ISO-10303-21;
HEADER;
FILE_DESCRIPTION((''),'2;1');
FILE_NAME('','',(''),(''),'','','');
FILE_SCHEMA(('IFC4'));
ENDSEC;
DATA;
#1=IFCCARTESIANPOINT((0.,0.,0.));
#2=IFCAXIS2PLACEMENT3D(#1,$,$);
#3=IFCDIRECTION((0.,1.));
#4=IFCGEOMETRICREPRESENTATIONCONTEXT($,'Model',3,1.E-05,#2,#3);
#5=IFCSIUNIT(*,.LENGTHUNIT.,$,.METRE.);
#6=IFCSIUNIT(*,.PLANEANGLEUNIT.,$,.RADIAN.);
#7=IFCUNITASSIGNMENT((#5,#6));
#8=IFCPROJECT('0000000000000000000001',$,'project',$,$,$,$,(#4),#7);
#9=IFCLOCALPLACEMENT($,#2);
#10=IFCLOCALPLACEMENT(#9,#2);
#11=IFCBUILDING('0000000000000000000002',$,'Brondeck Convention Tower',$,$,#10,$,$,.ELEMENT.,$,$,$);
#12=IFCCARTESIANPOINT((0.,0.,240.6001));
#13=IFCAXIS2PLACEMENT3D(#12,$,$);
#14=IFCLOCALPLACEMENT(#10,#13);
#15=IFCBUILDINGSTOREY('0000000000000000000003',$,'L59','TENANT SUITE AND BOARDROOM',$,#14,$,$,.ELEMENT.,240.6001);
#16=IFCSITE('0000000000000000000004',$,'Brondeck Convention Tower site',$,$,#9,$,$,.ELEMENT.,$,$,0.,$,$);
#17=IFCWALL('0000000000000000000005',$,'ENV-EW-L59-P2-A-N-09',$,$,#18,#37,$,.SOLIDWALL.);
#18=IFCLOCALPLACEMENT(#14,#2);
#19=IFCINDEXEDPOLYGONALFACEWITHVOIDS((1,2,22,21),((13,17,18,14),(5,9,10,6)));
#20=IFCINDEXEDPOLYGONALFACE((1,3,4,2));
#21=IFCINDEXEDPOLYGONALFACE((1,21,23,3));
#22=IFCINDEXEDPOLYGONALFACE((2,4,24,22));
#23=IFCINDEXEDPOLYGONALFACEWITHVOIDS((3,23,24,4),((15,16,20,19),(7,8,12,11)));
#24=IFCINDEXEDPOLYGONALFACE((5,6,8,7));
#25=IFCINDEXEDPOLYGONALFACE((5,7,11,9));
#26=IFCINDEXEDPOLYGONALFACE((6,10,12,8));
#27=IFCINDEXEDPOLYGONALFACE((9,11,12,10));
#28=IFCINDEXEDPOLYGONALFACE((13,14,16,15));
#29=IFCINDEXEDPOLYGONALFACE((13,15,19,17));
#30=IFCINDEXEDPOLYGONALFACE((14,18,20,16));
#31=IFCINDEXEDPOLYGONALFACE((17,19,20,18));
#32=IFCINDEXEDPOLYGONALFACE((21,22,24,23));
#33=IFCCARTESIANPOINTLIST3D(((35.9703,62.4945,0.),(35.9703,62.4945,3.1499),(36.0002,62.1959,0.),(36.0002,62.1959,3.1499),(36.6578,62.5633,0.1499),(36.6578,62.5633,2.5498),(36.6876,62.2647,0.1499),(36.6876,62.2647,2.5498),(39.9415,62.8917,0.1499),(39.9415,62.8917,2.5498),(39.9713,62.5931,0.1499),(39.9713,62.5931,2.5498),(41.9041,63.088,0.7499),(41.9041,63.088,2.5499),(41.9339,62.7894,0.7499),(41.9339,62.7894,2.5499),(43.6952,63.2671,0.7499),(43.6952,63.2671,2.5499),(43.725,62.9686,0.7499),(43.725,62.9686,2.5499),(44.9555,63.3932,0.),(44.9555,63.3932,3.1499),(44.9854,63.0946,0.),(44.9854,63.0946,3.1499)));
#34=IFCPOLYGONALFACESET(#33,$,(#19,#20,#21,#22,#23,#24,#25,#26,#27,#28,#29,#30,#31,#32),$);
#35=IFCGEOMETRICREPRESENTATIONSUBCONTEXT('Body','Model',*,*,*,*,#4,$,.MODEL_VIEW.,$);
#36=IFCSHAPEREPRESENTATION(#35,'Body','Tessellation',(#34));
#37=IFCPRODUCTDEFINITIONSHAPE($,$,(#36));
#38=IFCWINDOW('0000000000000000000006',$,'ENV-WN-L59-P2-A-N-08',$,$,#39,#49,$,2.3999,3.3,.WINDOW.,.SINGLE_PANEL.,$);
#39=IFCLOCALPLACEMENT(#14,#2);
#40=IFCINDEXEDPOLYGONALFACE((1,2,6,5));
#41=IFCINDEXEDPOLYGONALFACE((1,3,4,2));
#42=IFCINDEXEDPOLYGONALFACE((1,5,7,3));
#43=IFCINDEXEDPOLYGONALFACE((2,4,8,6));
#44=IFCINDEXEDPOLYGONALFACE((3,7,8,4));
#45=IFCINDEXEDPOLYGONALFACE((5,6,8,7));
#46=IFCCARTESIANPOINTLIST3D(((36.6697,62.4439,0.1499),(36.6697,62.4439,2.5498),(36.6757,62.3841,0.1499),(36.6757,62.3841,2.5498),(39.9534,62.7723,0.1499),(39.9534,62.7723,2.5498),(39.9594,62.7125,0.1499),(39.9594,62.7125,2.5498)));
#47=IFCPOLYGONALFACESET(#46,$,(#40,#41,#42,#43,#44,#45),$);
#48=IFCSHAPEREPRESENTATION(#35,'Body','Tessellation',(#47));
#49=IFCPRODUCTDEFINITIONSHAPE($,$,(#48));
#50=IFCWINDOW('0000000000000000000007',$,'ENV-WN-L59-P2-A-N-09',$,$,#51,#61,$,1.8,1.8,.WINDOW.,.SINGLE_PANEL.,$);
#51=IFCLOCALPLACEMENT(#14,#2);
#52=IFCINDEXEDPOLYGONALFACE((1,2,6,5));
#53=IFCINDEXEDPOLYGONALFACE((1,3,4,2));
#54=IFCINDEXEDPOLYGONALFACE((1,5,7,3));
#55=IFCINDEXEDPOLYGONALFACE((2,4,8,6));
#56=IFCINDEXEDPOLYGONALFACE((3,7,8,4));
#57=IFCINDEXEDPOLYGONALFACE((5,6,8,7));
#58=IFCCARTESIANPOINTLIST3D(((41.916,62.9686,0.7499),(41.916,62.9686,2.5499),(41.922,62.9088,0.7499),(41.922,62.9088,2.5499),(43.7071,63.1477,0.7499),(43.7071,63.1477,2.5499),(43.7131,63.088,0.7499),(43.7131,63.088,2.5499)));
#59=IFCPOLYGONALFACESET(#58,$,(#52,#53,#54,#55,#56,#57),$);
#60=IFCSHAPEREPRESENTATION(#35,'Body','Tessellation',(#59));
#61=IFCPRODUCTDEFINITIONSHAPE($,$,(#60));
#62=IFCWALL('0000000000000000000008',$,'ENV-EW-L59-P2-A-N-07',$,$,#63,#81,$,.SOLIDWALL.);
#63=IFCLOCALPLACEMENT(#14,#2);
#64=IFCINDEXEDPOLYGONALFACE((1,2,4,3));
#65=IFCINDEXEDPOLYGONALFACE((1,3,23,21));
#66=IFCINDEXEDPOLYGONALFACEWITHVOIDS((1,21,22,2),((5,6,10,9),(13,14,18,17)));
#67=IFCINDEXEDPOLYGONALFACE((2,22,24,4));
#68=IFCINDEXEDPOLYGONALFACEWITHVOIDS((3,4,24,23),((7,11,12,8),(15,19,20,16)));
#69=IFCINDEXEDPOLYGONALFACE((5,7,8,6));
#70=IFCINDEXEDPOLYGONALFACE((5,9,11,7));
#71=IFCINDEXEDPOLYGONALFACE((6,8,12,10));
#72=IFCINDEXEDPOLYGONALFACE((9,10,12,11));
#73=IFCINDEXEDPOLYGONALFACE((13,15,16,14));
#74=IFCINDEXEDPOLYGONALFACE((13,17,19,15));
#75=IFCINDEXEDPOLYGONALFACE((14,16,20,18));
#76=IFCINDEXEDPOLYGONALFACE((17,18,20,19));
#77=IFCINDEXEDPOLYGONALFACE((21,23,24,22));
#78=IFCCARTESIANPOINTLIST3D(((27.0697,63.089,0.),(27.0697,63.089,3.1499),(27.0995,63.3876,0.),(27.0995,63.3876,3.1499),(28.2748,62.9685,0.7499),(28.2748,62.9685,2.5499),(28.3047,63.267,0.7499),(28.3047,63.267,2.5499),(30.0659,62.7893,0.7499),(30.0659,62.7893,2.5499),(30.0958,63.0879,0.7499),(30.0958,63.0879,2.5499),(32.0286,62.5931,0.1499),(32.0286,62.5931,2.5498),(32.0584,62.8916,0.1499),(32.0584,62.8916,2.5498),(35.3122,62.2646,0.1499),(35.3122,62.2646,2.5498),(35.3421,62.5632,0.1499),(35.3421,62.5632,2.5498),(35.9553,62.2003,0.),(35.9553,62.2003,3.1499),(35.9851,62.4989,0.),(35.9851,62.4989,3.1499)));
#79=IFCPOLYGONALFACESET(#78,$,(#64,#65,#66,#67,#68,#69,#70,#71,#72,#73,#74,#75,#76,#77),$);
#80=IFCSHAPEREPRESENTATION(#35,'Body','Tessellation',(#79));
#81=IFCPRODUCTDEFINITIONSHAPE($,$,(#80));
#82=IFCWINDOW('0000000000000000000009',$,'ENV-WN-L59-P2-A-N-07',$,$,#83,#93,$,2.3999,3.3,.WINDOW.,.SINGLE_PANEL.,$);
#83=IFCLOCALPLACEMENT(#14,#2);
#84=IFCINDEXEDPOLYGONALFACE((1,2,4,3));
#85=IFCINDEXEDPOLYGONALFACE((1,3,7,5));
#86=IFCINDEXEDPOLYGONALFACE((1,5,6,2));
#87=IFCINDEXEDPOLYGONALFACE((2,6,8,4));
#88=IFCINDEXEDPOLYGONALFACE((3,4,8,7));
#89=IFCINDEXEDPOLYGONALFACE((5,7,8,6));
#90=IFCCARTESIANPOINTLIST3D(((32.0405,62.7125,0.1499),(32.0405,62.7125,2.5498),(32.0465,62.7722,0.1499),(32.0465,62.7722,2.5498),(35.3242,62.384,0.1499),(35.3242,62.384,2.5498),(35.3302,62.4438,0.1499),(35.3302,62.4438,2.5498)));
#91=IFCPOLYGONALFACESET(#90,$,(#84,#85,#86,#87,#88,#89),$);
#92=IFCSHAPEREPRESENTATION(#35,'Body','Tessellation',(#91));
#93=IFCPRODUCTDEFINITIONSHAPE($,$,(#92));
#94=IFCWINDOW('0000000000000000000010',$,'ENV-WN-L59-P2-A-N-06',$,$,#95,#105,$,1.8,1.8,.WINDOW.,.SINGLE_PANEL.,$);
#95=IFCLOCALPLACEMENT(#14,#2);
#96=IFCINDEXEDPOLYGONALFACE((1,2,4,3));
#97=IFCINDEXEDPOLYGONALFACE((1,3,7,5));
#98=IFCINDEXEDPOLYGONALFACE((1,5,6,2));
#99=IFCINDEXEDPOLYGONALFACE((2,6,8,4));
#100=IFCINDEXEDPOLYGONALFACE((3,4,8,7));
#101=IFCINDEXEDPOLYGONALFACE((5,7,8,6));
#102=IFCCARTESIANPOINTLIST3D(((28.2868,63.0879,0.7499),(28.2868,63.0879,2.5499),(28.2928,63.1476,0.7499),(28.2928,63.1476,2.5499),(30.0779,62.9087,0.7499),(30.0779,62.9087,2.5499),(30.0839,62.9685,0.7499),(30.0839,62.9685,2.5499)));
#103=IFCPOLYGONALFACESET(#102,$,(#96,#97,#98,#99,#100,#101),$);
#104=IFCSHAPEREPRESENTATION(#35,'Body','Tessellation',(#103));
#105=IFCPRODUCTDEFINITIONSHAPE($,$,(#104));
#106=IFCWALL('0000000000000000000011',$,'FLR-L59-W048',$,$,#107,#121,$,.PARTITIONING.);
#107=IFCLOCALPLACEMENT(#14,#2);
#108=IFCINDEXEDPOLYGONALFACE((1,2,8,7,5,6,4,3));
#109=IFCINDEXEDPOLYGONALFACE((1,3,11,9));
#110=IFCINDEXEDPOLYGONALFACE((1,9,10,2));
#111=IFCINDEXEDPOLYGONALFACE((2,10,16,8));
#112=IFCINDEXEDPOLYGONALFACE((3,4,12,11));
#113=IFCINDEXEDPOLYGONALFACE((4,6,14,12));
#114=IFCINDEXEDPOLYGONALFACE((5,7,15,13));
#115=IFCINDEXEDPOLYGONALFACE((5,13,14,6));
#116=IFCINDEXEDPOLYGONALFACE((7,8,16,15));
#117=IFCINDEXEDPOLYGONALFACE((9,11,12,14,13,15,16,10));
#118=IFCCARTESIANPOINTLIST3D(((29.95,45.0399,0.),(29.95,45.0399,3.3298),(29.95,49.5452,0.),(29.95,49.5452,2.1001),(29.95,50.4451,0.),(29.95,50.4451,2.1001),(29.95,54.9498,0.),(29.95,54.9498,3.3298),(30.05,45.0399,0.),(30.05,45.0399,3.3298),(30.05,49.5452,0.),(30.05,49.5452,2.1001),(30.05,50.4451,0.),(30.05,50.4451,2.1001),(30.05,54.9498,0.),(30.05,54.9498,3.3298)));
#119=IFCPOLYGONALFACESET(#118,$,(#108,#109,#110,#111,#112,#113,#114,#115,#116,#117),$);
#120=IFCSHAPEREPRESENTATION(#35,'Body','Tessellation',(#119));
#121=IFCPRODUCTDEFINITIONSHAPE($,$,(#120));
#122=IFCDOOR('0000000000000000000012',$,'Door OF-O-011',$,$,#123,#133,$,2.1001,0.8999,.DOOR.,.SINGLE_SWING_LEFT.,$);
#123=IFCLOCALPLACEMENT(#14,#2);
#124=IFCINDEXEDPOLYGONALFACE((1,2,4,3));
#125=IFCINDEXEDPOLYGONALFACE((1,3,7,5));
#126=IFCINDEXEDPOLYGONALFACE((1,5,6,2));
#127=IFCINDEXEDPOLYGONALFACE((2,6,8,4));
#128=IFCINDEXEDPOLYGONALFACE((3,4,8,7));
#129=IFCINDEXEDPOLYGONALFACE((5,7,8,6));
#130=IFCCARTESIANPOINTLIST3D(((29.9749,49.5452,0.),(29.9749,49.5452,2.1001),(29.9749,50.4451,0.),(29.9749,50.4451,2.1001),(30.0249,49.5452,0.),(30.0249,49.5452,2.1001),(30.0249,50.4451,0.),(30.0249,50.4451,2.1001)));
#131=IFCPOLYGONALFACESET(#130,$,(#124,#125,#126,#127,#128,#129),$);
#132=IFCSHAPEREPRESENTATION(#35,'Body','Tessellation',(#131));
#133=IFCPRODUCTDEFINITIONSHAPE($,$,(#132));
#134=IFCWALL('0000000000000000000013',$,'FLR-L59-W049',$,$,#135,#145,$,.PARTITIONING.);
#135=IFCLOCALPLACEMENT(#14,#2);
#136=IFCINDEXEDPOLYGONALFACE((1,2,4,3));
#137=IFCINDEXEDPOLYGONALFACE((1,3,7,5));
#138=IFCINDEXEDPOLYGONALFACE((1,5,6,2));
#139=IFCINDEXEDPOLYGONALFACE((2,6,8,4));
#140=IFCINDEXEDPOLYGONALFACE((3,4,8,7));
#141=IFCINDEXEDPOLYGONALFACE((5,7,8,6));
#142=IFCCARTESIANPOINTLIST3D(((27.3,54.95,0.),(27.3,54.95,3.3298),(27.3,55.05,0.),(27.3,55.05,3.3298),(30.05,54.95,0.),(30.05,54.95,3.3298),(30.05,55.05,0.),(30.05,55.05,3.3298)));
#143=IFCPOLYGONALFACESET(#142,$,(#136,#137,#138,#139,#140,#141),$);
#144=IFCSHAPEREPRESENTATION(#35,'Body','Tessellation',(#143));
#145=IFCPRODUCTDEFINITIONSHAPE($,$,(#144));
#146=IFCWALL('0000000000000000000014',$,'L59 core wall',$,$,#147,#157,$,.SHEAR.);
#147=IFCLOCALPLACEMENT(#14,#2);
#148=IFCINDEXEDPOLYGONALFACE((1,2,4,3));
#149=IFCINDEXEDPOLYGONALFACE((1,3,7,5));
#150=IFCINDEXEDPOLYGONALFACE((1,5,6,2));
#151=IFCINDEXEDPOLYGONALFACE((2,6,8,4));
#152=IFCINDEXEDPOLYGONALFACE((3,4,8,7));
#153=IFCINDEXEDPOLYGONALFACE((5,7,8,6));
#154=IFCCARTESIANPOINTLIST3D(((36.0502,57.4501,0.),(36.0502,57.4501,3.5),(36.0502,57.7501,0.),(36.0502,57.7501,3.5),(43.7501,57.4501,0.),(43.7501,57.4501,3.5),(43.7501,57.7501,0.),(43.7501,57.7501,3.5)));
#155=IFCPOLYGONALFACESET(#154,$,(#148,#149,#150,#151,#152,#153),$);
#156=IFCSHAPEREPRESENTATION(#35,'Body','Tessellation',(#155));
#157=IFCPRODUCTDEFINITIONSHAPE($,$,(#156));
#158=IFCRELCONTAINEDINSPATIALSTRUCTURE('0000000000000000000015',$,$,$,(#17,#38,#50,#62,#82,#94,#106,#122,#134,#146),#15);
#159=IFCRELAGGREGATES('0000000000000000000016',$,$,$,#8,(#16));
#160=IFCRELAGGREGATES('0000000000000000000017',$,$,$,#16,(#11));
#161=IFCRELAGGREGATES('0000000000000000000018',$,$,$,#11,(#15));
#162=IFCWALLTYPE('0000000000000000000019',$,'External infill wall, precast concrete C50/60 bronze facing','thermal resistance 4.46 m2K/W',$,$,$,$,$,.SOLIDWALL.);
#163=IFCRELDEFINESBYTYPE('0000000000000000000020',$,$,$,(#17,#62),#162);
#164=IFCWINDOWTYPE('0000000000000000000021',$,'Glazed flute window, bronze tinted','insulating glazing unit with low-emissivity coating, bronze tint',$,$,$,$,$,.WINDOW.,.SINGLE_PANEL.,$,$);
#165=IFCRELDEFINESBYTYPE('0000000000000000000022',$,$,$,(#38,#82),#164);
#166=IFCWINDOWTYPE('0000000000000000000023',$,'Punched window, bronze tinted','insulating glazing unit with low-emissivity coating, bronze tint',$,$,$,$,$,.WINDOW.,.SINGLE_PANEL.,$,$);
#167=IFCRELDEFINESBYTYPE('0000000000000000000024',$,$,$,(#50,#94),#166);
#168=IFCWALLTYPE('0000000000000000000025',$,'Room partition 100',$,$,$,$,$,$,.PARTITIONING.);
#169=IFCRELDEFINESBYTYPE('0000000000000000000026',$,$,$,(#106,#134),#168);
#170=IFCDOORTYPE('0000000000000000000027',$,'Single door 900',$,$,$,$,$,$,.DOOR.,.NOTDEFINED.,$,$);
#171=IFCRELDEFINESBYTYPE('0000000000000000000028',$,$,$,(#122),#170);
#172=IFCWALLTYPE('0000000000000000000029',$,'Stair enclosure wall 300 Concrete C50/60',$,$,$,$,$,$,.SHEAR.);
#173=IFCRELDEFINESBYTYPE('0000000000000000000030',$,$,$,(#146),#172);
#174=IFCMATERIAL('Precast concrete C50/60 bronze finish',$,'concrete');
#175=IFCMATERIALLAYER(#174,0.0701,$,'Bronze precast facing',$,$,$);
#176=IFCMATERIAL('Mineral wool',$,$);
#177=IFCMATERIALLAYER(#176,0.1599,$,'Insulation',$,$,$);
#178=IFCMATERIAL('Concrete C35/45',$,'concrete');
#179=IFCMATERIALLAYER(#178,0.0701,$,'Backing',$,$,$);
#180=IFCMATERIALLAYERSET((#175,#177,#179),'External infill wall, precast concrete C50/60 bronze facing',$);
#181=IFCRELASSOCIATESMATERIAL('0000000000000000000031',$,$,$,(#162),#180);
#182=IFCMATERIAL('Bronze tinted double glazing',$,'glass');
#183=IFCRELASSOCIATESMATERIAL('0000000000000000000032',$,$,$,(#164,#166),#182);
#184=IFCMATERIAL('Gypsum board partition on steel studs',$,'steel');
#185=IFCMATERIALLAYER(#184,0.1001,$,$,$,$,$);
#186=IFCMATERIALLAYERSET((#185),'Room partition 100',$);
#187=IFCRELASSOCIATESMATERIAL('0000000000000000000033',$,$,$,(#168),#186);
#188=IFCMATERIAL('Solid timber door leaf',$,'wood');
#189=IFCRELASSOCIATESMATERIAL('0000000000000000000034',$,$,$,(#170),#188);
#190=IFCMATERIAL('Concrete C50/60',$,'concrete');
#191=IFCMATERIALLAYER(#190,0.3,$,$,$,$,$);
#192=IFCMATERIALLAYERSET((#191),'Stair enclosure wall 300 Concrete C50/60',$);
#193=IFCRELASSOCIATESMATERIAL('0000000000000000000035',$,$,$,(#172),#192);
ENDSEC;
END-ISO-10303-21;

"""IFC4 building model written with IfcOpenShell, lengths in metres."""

from ifc_helpers import new_model, si_unit, direction, frame, frame_2d, origin, place, context, subcontext, project, spatial, rectangle, extrude, material, layer, layer_set, type_object, element, fill, save


model = new_model("IFC4")

# Units and contexts
model_context = context("Model", 3, precision=1e-05, world=origin(), true_north=direction((0.0, 1.0)))
body_context = subcontext(model_context, "Body", "Model", "MODEL_VIEW")
ifc_project = project(units=[si_unit("LENGTHUNIT", "METRE"), si_unit("PLANEANGLEUNIT", "RADIAN")], contexts=[model_context])

# Site, building, storey
site_placement = place(None, origin())
site = spatial("IfcSite", under=ifc_project, at=site_placement, Name="Brondeck Convention Tower site", CompositionType="ELEMENT", RefElevation=0.0)
building_placement = place(site_placement, origin())
building = spatial("IfcBuilding", under=site, at=building_placement, Name="Brondeck Convention Tower", CompositionType="ELEMENT")
storey_placement = place(building_placement, frame((0.0, 0.0, 240.6001)))
storey = spatial("IfcBuildingStorey", under=building, at=storey_placement, Name="L59", Description="TENANT SUITE AND BOARDROOM", CompositionType="ELEMENT", Elevation=240.6001)

# Shared definitions
ifc_material_1 = material(Name="Concrete C50/60", Category="concrete")

# Walls, openings, windows
ifc_material_2 = material(Name="Precast concrete C50/60 bronze finish", Category="concrete")
ifc_layer_1 = layer(ifc_material_2, 0.0701, Name="Bronze precast facing")
ifc_material_3 = material(Name="Mineral wool")
ifc_layer_2 = layer(ifc_material_3, 0.1599, Name="Insulation")
ifc_material_4 = material(Name="Concrete C35/45", Category="concrete")
ifc_layer_3 = layer(ifc_material_4, 0.0701, Name="Backing")
ifc_layer_set_1 = layer_set([ifc_layer_1, ifc_layer_2, ifc_layer_3], Name="External infill wall, precast concrete C50/60 bronze facing")
wall_type_1 = type_object("IfcWallType", Name="External infill wall, precast concrete C50/60 bronze facing", Description="thermal resistance 4.46 m2K/W", PredefinedType="SOLIDWALL", material=ifc_layer_set_1)
wall_1_placement = place(storey_placement, frame((35.9851, 62.3452, 0.0), z_axis=(0.0, 0.0, 1.0), x_axis=(0.995035, 0.099522, 0.0)))
wall_1 = element("IfcWall", 1, at=wall_1_placement, inside=storey, type_object=wall_type_1, Name="ENV-EW-L59-P2-A-N-09", PredefinedType="SOLIDWALL", context=body_context, shape_type="SweptSolid", body=[
    extrude(rectangle(XDim=9.03, YDim=0.3, at=frame_2d((4.5151, 0.0))), origin(), (0.0, 0.0, 1.0), 3.1499),
])
opening_1_placement = place(wall_1_placement, frame((0.6912, 0.0, 0.1499)))
opening_1 = element("IfcOpeningElement", 2, at=opening_1_placement, cuts=wall_1, PredefinedType="OPENING", context=body_context, shape_type="SweptSolid", body=[
    extrude(rectangle(XDim=3.3, YDim=2.3999, at=frame_2d((1.6499, 1.2))), frame((0.0, 0.1599, 0.0), z_axis=(0.0, -1.0, 0.0), x_axis=(1.0, 0.0, 0.0)), (0.0, 0.0, 1.0), 0.3201),
])
opening_2_placement = place(wall_1_placement, frame((5.9636, 0.0, 0.75)))
opening_2 = element("IfcOpeningElement", 3, at=opening_2_placement, cuts=wall_1, PredefinedType="OPENING", context=body_context, shape_type="SweptSolid", body=[
    extrude(rectangle(XDim=1.8, YDim=1.8, at=frame_2d((0.8999, 0.8999))), frame((0.0, 0.1599, 0.0), z_axis=(0.0, -1.0, 0.0), x_axis=(1.0, 0.0, 0.0)), (0.0, 0.0, 1.0), 0.3201),
])
ifc_material_5 = material(Name="Bronze tinted double glazing", Category="glass")
window_type_1 = type_object("IfcWindowType", Name="Glazed flute window, bronze tinted", Description="insulating glazing unit with low-emissivity coating, bronze tint", PartitioningType="SINGLE_PANEL", PredefinedType="WINDOW", material=ifc_material_5)
window_1_placement = place(opening_1_placement, origin())
window_1 = element("IfcWindow", 4, at=window_1_placement, inside=storey, type_object=window_type_1, Name="ENV-WN-L59-P2-A-N-08", OverallHeight=2.3999, OverallWidth=3.3, PartitioningType="SINGLE_PANEL", PredefinedType="WINDOW", context=body_context, shape_type="SweptSolid", body=[
    extrude(rectangle(XDim=3.3, YDim=2.3999, at=frame_2d((1.6499, 1.2))), frame((0.0, 0.03, 0.0), z_axis=(0.0, -1.0, 0.0), x_axis=(1.0, 0.0, 0.0)), (0.0, 0.0, 1.0), 0.0601),
])
fill(opening_1, window_1)
window_type_2 = type_object("IfcWindowType", Name="Punched window, bronze tinted", Description="insulating glazing unit with low-emissivity coating, bronze tint", PartitioningType="SINGLE_PANEL", PredefinedType="WINDOW", material=ifc_material_5)
window_2_placement = place(opening_2_placement, origin())
window_2 = element("IfcWindow", 5, at=window_2_placement, inside=storey, type_object=window_type_2, Name="ENV-WN-L59-P2-A-N-09", OverallHeight=1.8, OverallWidth=1.8, PartitioningType="SINGLE_PANEL", PredefinedType="WINDOW", context=body_context, shape_type="SweptSolid", body=[
    extrude(rectangle(XDim=1.8, YDim=1.8, at=frame_2d((0.8999, 0.8999))), frame((0.0, 0.03, 0.0), z_axis=(0.0, -1.0, 0.0), x_axis=(1.0, 0.0, 0.0)), (0.0, 0.0, 1.0), 0.0601),
])
fill(opening_2, window_2)
wall_2_placement = place(storey_placement, frame((27.0847, 63.2383, 0.0), z_axis=(0.0, 0.0, 1.0), x_axis=(0.995036, -0.099517, 0.0)))
wall_2 = element("IfcWall", 6, at=wall_2_placement, inside=storey, type_object=wall_type_1, Name="ENV-EW-L59-P2-A-N-07", PredefinedType="SOLIDWALL", context=body_context, shape_type="SweptSolid", body=[
    extrude(rectangle(XDim=8.9299, YDim=0.3, at=frame_2d((4.4648, 0.0))), origin(), (0.0, 0.0, 1.0), 3.1499),
])
opening_3_placement = place(wall_2_placement, frame((1.2112, 0.0, 0.75)))
opening_3 = element("IfcOpeningElement", 7, at=opening_3_placement, cuts=wall_2, PredefinedType="OPENING", context=body_context, shape_type="SweptSolid", body=[
    extrude(rectangle(XDim=1.8, YDim=1.8, at=frame_2d((0.8999, 0.8999))), frame((0.0, 0.1599, 0.0), z_axis=(0.0, -1.0, 0.0), x_axis=(1.0, 0.0, 0.0)), (0.0, 0.0, 1.0), 0.3201),
])
opening_4_placement = place(wall_2_placement, frame((4.9836, 0.0, 0.1499)))
opening_4 = element("IfcOpeningElement", 8, at=opening_4_placement, cuts=wall_2, PredefinedType="OPENING", context=body_context, shape_type="SweptSolid", body=[
    extrude(rectangle(XDim=3.3, YDim=2.3999, at=frame_2d((1.6499, 1.2))), frame((0.0, 0.1599, 0.0), z_axis=(0.0, -1.0, 0.0), x_axis=(1.0, 0.0, 0.0)), (0.0, 0.0, 1.0), 0.3201),
])
window_3_placement = place(opening_4_placement, origin())
window_3 = element("IfcWindow", 9, at=window_3_placement, inside=storey, type_object=window_type_1, Name="ENV-WN-L59-P2-A-N-07", OverallHeight=2.3999, OverallWidth=3.3, PartitioningType="SINGLE_PANEL", PredefinedType="WINDOW", context=body_context, shape_type="SweptSolid", body=[
    extrude(rectangle(XDim=3.3, YDim=2.3999, at=frame_2d((1.6499, 1.2))), frame((0.0, 0.03, 0.0), z_axis=(0.0, -1.0, 0.0), x_axis=(1.0, 0.0, 0.0)), (0.0, 0.0, 1.0), 0.0601),
])
fill(opening_4, window_3)
window_4_placement = place(opening_3_placement, origin())
window_4 = element("IfcWindow", 10, at=window_4_placement, inside=storey, type_object=window_type_2, Name="ENV-WN-L59-P2-A-N-06", OverallHeight=1.8, OverallWidth=1.8, PartitioningType="SINGLE_PANEL", PredefinedType="WINDOW", context=body_context, shape_type="SweptSolid", body=[
    extrude(rectangle(XDim=1.8, YDim=1.8, at=frame_2d((0.8999, 0.8999))), frame((0.0, 0.03, 0.0), z_axis=(0.0, -1.0, 0.0), x_axis=(1.0, 0.0, 0.0)), (0.0, 0.0, 1.0), 0.0601),
])
fill(opening_3, window_4)

# Wall, opening, door
ifc_material_6 = material(Name="Gypsum board partition on steel studs", Category="steel")
ifc_layer_4 = layer(ifc_material_6, 0.1001)
ifc_layer_set_2 = layer_set([ifc_layer_4], Name="Room partition 100")
wall_type_2 = type_object("IfcWallType", Name="Room partition 100", PredefinedType="PARTITIONING", material=ifc_layer_set_2)
wall_3_placement = place(storey_placement, frame((30.0, 54.95, 0.0), z_axis=(0.0, 0.0, 1.0), x_axis=(0.0, -1.0, 0.0)))
wall_3 = element("IfcWall", 11, at=wall_3_placement, inside=storey, type_object=wall_type_2, Name="FLR-L59-W048", PredefinedType="PARTITIONING", context=body_context, shape_type="SweptSolid", body=[
    extrude(rectangle(XDim=9.9099, YDim=0.1001, at=frame_2d((4.9551, 0.0))), origin(), (0.0, 0.0, 1.0), 3.3298),
])
opening_5_placement = place(wall_3_placement, frame((4.5049, 0.0, 0.0)))
opening_5 = element("IfcOpeningElement", 12, at=opening_5_placement, cuts=wall_3, PredefinedType="OPENING", context=body_context, shape_type="SweptSolid", body=[
    extrude(rectangle(XDim=0.8999, YDim=2.1001, at=frame_2d((0.45, 1.05))), frame((0.0, 0.0601, 0.0), z_axis=(0.0, -1.0, 0.0), x_axis=(1.0, 0.0, 0.0)), (0.0, 0.0, 1.0), 0.1201),
])
ifc_material_7 = material(Name="Solid timber door leaf", Category="wood")
door_type = type_object("IfcDoorType", Name="Single door 900", OperationType="NOTDEFINED", PredefinedType="DOOR", material=ifc_material_7)
door_placement = place(opening_5_placement, origin())
door = element("IfcDoor", 13, at=door_placement, inside=storey, type_object=door_type, Name="Door OF-O-011", OperationType="SINGLE_SWING_LEFT", OverallHeight=2.1001, OverallWidth=0.8999, PredefinedType="DOOR", context=body_context, shape_type="SweptSolid", body=[
    extrude(rectangle(XDim=0.8999, YDim=2.1001, at=frame_2d((0.45, 1.05))), frame((0.0, 0.0249, 0.0), z_axis=(0.0, -1.0, 0.0), x_axis=(1.0, 0.0, 0.0)), (0.0, 0.0, 1.0), 0.05),
])
fill(opening_5, door)

# Walls
wall_4_placement = place(storey_placement, frame((27.3, 55.0, 0.0), z_axis=(0.0, 0.0, 1.0), x_axis=(1.0, 0.0, 0.0)))
element("IfcWall", 14, at=wall_4_placement, inside=storey, type_object=wall_type_2, Name="FLR-L59-W049", PredefinedType="PARTITIONING", context=body_context, shape_type="SweptSolid", body=[
    extrude(rectangle(XDim=2.75, YDim=0.1001, at=frame_2d((1.375, 0.0))), origin(), (0.0, 0.0, 1.0), 3.3298),
])
ifc_layer_5 = layer(ifc_material_1, 0.3)
ifc_layer_set_3 = layer_set([ifc_layer_5], Name="Stair enclosure wall 300 Concrete C50/60")
wall_type_3 = type_object("IfcWallType", Name="Stair enclosure wall 300 Concrete C50/60", PredefinedType="SHEAR", material=ifc_layer_set_3)
wall_5_placement = place(storey_placement, frame((36.05, 57.6001, 0.0), z_axis=(0.0, 0.0, 1.0), x_axis=(1.0, 0.0, 0.0)))
element("IfcWall", 15, at=wall_5_placement, inside=storey, type_object=wall_type_3, Name="L59 core wall", PredefinedType="SHEAR", context=body_context, shape_type="SweptSolid", body=[
    extrude(rectangle(XDim=7.7, YDim=0.3, at=frame_2d((3.8501, 0.0))), origin(), (0.0, 0.0, 1.0), 3.5),
])

save(model, "model.ifc")
